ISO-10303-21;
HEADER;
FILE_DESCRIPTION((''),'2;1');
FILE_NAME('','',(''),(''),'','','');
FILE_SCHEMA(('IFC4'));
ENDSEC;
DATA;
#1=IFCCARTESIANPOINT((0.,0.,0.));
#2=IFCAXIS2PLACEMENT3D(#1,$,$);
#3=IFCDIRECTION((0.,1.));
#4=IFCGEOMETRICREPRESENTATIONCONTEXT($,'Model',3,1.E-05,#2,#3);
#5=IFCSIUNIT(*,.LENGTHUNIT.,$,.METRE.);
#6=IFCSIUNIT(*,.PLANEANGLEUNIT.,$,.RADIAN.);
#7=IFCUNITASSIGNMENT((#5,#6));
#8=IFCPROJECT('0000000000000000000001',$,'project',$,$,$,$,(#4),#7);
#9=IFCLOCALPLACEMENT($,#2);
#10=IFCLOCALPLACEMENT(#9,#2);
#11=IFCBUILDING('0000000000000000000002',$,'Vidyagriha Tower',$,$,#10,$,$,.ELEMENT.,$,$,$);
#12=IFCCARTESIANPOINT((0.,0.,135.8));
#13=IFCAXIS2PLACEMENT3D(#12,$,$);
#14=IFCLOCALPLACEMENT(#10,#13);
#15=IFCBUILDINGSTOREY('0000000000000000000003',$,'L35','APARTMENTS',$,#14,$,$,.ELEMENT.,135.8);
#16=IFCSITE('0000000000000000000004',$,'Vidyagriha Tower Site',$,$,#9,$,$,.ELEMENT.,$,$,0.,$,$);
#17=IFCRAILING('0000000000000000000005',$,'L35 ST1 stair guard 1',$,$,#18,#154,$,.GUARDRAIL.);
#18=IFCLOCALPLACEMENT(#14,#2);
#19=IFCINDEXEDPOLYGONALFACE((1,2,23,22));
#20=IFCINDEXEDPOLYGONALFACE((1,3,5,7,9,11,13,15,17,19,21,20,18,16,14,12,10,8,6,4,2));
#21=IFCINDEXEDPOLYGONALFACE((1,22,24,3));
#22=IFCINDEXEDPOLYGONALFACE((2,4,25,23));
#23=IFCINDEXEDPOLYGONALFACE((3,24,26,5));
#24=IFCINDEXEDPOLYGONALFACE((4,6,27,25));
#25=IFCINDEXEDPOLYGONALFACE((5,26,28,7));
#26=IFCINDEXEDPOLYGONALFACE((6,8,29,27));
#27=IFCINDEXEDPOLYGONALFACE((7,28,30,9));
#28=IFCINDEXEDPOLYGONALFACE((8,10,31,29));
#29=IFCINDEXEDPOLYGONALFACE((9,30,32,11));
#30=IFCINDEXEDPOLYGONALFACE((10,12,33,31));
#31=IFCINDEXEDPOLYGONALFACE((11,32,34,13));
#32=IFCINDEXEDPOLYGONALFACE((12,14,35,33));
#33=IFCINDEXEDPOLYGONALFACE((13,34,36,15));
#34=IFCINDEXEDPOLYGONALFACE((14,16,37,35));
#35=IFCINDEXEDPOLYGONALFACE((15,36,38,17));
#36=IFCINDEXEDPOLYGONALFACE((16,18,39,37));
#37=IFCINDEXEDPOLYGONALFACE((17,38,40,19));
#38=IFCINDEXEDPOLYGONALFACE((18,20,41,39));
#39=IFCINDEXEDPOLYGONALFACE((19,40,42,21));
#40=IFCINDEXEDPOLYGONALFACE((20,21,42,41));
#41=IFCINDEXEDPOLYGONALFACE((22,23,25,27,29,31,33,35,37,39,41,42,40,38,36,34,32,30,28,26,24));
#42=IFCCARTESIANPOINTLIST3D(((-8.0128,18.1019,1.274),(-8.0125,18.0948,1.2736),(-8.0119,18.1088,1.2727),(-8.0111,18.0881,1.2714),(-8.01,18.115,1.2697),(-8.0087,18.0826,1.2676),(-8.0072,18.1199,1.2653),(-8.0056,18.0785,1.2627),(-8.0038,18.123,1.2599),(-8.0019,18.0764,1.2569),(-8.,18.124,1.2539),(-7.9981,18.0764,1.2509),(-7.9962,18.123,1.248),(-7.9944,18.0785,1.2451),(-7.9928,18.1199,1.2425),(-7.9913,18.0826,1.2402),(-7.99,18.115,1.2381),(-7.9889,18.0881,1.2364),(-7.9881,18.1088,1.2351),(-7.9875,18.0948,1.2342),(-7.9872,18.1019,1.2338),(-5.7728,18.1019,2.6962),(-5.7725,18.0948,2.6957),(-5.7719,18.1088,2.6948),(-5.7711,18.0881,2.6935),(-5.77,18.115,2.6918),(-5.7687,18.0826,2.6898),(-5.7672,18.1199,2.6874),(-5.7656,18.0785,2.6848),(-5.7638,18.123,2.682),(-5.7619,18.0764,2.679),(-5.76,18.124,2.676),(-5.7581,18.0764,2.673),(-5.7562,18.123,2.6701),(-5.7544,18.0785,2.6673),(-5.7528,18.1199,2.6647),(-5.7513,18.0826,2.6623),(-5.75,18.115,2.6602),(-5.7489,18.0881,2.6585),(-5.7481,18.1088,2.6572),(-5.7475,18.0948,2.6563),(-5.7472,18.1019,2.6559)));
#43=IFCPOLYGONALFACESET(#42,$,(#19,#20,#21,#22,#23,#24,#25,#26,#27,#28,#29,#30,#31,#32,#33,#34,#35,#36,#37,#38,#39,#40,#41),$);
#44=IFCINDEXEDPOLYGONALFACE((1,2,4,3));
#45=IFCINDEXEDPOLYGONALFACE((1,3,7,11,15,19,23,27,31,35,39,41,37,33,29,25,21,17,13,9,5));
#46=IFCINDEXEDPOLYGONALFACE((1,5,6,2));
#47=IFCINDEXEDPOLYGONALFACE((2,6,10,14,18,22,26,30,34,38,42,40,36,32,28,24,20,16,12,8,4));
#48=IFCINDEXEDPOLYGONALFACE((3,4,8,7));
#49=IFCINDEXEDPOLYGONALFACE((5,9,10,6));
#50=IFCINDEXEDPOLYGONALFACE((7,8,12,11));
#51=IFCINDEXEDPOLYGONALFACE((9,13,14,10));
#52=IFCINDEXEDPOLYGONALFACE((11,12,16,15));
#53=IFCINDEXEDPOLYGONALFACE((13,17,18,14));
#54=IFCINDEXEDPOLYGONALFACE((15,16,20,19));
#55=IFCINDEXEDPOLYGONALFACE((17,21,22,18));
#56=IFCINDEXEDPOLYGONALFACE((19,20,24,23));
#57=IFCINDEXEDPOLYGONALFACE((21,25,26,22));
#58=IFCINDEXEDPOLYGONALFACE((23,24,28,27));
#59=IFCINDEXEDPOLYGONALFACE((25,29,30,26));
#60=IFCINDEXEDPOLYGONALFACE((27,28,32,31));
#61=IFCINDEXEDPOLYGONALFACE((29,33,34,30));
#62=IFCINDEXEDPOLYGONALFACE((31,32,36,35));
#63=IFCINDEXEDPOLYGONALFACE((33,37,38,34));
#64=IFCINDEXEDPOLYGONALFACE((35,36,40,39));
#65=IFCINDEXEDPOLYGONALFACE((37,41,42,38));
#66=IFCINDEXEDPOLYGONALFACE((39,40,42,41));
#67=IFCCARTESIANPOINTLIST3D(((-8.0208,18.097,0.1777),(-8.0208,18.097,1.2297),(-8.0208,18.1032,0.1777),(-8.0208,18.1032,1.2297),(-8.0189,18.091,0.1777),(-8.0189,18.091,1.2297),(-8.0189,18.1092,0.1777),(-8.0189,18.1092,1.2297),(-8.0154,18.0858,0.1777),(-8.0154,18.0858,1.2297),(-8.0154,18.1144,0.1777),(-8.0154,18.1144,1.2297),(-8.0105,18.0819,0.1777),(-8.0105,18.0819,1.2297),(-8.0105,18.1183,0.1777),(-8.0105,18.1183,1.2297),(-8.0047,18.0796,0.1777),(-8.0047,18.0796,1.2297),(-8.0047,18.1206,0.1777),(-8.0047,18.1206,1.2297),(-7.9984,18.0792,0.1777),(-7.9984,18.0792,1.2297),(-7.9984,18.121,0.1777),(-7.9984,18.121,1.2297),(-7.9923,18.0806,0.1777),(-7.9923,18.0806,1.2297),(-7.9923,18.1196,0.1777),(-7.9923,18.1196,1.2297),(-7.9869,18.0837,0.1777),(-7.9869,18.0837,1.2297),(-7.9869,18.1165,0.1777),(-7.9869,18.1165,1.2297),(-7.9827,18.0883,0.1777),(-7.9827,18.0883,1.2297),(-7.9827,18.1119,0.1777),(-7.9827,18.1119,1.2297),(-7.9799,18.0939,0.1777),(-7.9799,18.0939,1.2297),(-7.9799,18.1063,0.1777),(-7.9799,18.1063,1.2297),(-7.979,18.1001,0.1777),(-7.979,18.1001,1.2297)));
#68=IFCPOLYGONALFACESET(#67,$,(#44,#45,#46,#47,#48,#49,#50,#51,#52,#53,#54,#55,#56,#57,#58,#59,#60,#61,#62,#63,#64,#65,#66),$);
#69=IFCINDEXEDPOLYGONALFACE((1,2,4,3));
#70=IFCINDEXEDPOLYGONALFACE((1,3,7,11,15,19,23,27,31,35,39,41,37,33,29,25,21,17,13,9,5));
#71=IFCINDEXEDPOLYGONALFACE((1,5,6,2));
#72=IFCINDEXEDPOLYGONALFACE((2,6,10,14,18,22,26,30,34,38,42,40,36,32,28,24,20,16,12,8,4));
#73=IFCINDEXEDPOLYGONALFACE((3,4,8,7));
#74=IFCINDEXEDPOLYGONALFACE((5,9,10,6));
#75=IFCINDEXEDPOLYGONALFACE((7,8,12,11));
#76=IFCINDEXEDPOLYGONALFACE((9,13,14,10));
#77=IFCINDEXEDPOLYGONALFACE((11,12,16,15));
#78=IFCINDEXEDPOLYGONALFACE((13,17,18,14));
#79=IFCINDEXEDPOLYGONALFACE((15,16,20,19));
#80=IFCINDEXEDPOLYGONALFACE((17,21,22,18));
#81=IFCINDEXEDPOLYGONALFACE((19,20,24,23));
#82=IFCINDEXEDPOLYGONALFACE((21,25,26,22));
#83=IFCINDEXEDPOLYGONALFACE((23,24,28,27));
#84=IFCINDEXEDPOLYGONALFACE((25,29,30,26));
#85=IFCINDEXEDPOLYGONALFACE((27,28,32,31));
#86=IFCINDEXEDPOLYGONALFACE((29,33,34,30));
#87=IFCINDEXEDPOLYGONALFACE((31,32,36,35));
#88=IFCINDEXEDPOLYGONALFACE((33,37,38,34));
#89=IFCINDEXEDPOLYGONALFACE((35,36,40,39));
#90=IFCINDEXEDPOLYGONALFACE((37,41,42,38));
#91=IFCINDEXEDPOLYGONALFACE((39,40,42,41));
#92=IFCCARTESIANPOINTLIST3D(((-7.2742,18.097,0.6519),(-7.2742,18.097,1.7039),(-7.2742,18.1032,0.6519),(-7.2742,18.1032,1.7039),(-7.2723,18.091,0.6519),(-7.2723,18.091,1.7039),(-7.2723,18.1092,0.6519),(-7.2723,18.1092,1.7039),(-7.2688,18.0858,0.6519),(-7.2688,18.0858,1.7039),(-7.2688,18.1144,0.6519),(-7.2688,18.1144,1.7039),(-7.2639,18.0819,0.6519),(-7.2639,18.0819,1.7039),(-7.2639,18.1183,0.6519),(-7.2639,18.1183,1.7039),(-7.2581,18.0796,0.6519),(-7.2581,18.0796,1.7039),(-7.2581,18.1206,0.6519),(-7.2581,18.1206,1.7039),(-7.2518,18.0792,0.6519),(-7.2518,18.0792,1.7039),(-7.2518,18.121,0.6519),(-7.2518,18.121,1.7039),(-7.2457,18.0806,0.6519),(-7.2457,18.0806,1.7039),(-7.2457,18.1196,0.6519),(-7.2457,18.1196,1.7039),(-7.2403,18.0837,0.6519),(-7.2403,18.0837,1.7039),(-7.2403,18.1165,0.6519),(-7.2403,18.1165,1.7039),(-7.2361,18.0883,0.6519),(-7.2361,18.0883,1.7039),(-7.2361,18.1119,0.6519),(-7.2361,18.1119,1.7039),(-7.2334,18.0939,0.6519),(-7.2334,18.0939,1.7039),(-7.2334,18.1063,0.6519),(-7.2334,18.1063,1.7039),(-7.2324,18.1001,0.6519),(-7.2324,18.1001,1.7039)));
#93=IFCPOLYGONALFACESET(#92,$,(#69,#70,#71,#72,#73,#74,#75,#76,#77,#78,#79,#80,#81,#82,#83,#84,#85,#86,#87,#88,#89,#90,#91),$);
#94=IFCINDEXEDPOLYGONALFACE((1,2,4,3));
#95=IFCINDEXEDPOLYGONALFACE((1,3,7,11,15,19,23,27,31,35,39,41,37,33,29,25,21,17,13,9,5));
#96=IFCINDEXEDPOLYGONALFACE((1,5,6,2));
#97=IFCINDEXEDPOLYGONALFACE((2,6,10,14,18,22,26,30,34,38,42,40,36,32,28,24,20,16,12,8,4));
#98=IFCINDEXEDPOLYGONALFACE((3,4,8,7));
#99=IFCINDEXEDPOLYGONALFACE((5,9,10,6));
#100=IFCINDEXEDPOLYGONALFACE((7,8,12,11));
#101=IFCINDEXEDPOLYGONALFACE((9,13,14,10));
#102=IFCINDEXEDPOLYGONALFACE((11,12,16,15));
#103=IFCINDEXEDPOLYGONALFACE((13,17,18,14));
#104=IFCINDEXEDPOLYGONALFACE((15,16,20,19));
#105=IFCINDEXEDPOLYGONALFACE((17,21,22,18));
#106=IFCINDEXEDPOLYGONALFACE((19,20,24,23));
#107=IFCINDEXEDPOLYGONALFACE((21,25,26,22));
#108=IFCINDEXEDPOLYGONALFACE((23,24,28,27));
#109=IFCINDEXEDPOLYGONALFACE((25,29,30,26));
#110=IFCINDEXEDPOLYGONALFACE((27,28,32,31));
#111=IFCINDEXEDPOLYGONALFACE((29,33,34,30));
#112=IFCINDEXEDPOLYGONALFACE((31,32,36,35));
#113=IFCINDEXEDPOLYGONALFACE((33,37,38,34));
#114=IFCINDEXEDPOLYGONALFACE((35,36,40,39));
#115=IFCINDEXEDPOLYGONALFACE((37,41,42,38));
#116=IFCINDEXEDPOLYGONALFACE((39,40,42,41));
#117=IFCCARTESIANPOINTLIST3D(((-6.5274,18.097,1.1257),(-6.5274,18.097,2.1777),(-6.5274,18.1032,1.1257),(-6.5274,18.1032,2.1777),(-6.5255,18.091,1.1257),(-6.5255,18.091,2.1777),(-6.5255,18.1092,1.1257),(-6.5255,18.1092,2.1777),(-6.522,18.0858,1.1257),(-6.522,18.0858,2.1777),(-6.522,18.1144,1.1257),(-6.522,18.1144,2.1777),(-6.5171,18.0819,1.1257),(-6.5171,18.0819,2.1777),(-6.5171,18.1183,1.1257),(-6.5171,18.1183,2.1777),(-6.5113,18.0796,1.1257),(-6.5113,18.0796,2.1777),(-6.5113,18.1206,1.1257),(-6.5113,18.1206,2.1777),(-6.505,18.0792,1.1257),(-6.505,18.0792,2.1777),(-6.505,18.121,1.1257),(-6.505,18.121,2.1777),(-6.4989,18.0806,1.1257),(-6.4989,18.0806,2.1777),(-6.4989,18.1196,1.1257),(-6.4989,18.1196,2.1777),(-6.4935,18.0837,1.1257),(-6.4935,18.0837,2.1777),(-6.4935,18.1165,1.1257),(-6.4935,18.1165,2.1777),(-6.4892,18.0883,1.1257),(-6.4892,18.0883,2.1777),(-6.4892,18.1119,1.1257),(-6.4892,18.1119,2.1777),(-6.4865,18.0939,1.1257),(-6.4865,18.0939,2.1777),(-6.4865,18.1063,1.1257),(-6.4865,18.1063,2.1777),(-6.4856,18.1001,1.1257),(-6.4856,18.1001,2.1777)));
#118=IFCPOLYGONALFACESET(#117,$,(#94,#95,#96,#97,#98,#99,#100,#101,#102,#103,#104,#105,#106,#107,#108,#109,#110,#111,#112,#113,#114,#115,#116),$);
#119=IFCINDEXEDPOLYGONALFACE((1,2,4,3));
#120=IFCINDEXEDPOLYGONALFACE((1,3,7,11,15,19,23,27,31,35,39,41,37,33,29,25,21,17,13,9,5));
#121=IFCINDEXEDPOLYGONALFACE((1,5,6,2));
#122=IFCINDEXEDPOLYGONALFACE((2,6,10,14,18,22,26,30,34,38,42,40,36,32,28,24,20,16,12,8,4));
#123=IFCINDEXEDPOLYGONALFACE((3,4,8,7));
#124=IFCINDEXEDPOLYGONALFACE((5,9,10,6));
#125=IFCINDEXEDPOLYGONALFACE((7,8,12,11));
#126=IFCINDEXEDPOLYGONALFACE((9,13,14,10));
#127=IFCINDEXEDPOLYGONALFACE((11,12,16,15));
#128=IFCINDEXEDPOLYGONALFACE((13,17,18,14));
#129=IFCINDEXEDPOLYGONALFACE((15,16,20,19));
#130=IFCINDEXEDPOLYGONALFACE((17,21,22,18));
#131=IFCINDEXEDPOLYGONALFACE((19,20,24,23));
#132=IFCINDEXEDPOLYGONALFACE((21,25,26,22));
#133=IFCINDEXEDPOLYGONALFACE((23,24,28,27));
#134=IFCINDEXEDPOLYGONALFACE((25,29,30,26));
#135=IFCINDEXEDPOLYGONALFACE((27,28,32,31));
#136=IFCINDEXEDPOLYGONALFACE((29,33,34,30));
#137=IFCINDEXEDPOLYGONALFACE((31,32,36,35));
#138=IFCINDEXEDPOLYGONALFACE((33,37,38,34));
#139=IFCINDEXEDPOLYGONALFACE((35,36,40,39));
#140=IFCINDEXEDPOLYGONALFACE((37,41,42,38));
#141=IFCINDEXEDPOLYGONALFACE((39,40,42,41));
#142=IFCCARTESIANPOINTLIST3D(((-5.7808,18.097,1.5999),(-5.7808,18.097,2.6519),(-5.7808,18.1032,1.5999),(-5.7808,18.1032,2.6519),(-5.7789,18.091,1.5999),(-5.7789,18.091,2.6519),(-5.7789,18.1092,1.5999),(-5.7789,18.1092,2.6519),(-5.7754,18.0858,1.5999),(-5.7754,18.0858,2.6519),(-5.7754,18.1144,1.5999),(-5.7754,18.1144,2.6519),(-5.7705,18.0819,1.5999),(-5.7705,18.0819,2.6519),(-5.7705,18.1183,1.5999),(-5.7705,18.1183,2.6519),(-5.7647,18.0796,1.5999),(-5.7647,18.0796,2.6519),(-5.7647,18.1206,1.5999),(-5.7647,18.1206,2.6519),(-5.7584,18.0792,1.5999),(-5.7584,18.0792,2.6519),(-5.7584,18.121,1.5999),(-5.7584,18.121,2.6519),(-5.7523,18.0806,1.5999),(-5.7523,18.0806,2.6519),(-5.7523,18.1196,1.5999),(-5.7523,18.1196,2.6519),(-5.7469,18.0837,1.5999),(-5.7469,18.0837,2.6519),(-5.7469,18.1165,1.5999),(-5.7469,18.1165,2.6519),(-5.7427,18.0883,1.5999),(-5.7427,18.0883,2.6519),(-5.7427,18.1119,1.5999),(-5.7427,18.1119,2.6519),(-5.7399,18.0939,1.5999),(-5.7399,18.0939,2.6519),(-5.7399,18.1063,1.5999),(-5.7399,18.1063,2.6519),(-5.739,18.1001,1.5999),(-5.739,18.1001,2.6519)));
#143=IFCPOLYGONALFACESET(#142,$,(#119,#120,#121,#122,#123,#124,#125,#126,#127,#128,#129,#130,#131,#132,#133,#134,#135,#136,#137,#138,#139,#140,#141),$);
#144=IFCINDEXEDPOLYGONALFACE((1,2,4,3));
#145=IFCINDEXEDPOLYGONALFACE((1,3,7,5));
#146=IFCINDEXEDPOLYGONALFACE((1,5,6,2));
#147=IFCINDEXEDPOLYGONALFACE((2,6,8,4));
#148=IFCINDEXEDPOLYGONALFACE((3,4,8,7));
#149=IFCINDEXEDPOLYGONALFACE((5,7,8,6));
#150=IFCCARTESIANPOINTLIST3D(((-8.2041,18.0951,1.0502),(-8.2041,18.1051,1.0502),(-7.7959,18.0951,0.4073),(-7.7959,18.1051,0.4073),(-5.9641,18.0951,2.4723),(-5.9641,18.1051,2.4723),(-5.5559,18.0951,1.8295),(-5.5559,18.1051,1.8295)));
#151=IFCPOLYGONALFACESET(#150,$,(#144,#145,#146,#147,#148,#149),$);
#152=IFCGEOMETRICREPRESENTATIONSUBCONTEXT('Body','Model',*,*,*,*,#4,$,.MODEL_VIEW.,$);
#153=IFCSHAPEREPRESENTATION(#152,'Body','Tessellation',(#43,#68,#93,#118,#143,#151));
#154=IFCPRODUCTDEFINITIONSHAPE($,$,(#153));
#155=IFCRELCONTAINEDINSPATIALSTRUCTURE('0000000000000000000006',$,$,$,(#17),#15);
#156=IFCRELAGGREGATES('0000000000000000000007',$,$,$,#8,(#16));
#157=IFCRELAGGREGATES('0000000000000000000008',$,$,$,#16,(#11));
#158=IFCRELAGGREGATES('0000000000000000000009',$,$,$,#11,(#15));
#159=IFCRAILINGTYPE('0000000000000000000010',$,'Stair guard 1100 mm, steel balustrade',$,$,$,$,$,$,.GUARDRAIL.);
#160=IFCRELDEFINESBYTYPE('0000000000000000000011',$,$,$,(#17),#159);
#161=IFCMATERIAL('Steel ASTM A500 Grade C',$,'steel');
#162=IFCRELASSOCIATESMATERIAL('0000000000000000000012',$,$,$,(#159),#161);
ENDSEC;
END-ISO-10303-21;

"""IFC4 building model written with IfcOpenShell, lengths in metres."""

from ifc_helpers import new_model, si_unit, direction, frame, origin, origin_2d, place, context, subcontext, project, spatial, rectangle, circle, extrude, material, type_object, element, save


model = new_model("IFC4")

# Units and contexts
model_context = context("Model", 3, precision=1e-05, world=origin(), true_north=direction((0.0, 1.0)))
body_context = subcontext(model_context, "Body", "Model", "MODEL_VIEW")
ifc_project = project(units=[si_unit("LENGTHUNIT", "METRE"), si_unit("PLANEANGLEUNIT", "RADIAN")], contexts=[model_context])

# Site, building, storey
site_placement = place(None, origin())
site = spatial("IfcSite", under=ifc_project, at=site_placement, Name="Vidyagriha Tower Site", CompositionType="ELEMENT", RefElevation=0.0)
building_placement = place(site_placement, origin())
building = spatial("IfcBuilding", under=site, at=building_placement, Name="Vidyagriha Tower", CompositionType="ELEMENT")
storey_placement = place(building_placement, frame((0.0, 0.0, 135.8)))
storey = spatial("IfcBuildingStorey", under=building, at=storey_placement, Name="L35", Description="APARTMENTS", CompositionType="ELEMENT", Elevation=135.8)

# Railing
ifc_material_1 = material(Name="Steel ASTM A500 Grade C", Category="steel")
railing_type_1 = type_object("IfcRailingType", Name="Stair guard 1100 mm, steel balustrade", PredefinedType="GUARDRAIL", material=ifc_material_1)
railing_1_placement = place(storey_placement, frame((-8.0, 18.1001, 0.1777)))
element("IfcRailing", 1, at=railing_1_placement, inside=storey, type_object=railing_type_1, Name="L35 ST1 stair guard 1", PredefinedType="GUARDRAIL", context=body_context, shape_type="SweptSolid", body=[
    extrude(circle(Radius=0.0239, at=origin_2d()), frame((0.0, 0.0, 1.0762), z_axis=(0.844229, 0.0, 0.535982), x_axis=(0.0, 1.0, 0.0)), (0.0, 0.0, 1.0), 2.6533),
    extrude(circle(Radius=0.021, at=origin_2d()), origin(), (0.0, 0.0, 1.0), 1.052),
    extrude(circle(Radius=0.021, at=origin_2d()), frame((0.7466, 0.0, 0.4741)), (0.0, 0.0, 1.0), 1.052),
    extrude(circle(Radius=0.021, at=origin_2d()), frame((1.4934, 0.0, 0.948)), (0.0, 0.0, 1.0), 1.052),
    extrude(circle(Radius=0.021, at=origin_2d()), frame((2.24, 0.0, 1.4221)), (0.0, 0.0, 1.0), 1.052),
    extrude(rectangle(XDim=0.01, YDim=0.7615, at=origin_2d()), frame((0.0, 0.0, 0.551), z_axis=(0.844229, 0.0, 0.535982), x_axis=(0.0, 1.0, 0.0)), (0.0, 0.0, 1.0), 2.6533),
])

save(model, "model.ifc")
